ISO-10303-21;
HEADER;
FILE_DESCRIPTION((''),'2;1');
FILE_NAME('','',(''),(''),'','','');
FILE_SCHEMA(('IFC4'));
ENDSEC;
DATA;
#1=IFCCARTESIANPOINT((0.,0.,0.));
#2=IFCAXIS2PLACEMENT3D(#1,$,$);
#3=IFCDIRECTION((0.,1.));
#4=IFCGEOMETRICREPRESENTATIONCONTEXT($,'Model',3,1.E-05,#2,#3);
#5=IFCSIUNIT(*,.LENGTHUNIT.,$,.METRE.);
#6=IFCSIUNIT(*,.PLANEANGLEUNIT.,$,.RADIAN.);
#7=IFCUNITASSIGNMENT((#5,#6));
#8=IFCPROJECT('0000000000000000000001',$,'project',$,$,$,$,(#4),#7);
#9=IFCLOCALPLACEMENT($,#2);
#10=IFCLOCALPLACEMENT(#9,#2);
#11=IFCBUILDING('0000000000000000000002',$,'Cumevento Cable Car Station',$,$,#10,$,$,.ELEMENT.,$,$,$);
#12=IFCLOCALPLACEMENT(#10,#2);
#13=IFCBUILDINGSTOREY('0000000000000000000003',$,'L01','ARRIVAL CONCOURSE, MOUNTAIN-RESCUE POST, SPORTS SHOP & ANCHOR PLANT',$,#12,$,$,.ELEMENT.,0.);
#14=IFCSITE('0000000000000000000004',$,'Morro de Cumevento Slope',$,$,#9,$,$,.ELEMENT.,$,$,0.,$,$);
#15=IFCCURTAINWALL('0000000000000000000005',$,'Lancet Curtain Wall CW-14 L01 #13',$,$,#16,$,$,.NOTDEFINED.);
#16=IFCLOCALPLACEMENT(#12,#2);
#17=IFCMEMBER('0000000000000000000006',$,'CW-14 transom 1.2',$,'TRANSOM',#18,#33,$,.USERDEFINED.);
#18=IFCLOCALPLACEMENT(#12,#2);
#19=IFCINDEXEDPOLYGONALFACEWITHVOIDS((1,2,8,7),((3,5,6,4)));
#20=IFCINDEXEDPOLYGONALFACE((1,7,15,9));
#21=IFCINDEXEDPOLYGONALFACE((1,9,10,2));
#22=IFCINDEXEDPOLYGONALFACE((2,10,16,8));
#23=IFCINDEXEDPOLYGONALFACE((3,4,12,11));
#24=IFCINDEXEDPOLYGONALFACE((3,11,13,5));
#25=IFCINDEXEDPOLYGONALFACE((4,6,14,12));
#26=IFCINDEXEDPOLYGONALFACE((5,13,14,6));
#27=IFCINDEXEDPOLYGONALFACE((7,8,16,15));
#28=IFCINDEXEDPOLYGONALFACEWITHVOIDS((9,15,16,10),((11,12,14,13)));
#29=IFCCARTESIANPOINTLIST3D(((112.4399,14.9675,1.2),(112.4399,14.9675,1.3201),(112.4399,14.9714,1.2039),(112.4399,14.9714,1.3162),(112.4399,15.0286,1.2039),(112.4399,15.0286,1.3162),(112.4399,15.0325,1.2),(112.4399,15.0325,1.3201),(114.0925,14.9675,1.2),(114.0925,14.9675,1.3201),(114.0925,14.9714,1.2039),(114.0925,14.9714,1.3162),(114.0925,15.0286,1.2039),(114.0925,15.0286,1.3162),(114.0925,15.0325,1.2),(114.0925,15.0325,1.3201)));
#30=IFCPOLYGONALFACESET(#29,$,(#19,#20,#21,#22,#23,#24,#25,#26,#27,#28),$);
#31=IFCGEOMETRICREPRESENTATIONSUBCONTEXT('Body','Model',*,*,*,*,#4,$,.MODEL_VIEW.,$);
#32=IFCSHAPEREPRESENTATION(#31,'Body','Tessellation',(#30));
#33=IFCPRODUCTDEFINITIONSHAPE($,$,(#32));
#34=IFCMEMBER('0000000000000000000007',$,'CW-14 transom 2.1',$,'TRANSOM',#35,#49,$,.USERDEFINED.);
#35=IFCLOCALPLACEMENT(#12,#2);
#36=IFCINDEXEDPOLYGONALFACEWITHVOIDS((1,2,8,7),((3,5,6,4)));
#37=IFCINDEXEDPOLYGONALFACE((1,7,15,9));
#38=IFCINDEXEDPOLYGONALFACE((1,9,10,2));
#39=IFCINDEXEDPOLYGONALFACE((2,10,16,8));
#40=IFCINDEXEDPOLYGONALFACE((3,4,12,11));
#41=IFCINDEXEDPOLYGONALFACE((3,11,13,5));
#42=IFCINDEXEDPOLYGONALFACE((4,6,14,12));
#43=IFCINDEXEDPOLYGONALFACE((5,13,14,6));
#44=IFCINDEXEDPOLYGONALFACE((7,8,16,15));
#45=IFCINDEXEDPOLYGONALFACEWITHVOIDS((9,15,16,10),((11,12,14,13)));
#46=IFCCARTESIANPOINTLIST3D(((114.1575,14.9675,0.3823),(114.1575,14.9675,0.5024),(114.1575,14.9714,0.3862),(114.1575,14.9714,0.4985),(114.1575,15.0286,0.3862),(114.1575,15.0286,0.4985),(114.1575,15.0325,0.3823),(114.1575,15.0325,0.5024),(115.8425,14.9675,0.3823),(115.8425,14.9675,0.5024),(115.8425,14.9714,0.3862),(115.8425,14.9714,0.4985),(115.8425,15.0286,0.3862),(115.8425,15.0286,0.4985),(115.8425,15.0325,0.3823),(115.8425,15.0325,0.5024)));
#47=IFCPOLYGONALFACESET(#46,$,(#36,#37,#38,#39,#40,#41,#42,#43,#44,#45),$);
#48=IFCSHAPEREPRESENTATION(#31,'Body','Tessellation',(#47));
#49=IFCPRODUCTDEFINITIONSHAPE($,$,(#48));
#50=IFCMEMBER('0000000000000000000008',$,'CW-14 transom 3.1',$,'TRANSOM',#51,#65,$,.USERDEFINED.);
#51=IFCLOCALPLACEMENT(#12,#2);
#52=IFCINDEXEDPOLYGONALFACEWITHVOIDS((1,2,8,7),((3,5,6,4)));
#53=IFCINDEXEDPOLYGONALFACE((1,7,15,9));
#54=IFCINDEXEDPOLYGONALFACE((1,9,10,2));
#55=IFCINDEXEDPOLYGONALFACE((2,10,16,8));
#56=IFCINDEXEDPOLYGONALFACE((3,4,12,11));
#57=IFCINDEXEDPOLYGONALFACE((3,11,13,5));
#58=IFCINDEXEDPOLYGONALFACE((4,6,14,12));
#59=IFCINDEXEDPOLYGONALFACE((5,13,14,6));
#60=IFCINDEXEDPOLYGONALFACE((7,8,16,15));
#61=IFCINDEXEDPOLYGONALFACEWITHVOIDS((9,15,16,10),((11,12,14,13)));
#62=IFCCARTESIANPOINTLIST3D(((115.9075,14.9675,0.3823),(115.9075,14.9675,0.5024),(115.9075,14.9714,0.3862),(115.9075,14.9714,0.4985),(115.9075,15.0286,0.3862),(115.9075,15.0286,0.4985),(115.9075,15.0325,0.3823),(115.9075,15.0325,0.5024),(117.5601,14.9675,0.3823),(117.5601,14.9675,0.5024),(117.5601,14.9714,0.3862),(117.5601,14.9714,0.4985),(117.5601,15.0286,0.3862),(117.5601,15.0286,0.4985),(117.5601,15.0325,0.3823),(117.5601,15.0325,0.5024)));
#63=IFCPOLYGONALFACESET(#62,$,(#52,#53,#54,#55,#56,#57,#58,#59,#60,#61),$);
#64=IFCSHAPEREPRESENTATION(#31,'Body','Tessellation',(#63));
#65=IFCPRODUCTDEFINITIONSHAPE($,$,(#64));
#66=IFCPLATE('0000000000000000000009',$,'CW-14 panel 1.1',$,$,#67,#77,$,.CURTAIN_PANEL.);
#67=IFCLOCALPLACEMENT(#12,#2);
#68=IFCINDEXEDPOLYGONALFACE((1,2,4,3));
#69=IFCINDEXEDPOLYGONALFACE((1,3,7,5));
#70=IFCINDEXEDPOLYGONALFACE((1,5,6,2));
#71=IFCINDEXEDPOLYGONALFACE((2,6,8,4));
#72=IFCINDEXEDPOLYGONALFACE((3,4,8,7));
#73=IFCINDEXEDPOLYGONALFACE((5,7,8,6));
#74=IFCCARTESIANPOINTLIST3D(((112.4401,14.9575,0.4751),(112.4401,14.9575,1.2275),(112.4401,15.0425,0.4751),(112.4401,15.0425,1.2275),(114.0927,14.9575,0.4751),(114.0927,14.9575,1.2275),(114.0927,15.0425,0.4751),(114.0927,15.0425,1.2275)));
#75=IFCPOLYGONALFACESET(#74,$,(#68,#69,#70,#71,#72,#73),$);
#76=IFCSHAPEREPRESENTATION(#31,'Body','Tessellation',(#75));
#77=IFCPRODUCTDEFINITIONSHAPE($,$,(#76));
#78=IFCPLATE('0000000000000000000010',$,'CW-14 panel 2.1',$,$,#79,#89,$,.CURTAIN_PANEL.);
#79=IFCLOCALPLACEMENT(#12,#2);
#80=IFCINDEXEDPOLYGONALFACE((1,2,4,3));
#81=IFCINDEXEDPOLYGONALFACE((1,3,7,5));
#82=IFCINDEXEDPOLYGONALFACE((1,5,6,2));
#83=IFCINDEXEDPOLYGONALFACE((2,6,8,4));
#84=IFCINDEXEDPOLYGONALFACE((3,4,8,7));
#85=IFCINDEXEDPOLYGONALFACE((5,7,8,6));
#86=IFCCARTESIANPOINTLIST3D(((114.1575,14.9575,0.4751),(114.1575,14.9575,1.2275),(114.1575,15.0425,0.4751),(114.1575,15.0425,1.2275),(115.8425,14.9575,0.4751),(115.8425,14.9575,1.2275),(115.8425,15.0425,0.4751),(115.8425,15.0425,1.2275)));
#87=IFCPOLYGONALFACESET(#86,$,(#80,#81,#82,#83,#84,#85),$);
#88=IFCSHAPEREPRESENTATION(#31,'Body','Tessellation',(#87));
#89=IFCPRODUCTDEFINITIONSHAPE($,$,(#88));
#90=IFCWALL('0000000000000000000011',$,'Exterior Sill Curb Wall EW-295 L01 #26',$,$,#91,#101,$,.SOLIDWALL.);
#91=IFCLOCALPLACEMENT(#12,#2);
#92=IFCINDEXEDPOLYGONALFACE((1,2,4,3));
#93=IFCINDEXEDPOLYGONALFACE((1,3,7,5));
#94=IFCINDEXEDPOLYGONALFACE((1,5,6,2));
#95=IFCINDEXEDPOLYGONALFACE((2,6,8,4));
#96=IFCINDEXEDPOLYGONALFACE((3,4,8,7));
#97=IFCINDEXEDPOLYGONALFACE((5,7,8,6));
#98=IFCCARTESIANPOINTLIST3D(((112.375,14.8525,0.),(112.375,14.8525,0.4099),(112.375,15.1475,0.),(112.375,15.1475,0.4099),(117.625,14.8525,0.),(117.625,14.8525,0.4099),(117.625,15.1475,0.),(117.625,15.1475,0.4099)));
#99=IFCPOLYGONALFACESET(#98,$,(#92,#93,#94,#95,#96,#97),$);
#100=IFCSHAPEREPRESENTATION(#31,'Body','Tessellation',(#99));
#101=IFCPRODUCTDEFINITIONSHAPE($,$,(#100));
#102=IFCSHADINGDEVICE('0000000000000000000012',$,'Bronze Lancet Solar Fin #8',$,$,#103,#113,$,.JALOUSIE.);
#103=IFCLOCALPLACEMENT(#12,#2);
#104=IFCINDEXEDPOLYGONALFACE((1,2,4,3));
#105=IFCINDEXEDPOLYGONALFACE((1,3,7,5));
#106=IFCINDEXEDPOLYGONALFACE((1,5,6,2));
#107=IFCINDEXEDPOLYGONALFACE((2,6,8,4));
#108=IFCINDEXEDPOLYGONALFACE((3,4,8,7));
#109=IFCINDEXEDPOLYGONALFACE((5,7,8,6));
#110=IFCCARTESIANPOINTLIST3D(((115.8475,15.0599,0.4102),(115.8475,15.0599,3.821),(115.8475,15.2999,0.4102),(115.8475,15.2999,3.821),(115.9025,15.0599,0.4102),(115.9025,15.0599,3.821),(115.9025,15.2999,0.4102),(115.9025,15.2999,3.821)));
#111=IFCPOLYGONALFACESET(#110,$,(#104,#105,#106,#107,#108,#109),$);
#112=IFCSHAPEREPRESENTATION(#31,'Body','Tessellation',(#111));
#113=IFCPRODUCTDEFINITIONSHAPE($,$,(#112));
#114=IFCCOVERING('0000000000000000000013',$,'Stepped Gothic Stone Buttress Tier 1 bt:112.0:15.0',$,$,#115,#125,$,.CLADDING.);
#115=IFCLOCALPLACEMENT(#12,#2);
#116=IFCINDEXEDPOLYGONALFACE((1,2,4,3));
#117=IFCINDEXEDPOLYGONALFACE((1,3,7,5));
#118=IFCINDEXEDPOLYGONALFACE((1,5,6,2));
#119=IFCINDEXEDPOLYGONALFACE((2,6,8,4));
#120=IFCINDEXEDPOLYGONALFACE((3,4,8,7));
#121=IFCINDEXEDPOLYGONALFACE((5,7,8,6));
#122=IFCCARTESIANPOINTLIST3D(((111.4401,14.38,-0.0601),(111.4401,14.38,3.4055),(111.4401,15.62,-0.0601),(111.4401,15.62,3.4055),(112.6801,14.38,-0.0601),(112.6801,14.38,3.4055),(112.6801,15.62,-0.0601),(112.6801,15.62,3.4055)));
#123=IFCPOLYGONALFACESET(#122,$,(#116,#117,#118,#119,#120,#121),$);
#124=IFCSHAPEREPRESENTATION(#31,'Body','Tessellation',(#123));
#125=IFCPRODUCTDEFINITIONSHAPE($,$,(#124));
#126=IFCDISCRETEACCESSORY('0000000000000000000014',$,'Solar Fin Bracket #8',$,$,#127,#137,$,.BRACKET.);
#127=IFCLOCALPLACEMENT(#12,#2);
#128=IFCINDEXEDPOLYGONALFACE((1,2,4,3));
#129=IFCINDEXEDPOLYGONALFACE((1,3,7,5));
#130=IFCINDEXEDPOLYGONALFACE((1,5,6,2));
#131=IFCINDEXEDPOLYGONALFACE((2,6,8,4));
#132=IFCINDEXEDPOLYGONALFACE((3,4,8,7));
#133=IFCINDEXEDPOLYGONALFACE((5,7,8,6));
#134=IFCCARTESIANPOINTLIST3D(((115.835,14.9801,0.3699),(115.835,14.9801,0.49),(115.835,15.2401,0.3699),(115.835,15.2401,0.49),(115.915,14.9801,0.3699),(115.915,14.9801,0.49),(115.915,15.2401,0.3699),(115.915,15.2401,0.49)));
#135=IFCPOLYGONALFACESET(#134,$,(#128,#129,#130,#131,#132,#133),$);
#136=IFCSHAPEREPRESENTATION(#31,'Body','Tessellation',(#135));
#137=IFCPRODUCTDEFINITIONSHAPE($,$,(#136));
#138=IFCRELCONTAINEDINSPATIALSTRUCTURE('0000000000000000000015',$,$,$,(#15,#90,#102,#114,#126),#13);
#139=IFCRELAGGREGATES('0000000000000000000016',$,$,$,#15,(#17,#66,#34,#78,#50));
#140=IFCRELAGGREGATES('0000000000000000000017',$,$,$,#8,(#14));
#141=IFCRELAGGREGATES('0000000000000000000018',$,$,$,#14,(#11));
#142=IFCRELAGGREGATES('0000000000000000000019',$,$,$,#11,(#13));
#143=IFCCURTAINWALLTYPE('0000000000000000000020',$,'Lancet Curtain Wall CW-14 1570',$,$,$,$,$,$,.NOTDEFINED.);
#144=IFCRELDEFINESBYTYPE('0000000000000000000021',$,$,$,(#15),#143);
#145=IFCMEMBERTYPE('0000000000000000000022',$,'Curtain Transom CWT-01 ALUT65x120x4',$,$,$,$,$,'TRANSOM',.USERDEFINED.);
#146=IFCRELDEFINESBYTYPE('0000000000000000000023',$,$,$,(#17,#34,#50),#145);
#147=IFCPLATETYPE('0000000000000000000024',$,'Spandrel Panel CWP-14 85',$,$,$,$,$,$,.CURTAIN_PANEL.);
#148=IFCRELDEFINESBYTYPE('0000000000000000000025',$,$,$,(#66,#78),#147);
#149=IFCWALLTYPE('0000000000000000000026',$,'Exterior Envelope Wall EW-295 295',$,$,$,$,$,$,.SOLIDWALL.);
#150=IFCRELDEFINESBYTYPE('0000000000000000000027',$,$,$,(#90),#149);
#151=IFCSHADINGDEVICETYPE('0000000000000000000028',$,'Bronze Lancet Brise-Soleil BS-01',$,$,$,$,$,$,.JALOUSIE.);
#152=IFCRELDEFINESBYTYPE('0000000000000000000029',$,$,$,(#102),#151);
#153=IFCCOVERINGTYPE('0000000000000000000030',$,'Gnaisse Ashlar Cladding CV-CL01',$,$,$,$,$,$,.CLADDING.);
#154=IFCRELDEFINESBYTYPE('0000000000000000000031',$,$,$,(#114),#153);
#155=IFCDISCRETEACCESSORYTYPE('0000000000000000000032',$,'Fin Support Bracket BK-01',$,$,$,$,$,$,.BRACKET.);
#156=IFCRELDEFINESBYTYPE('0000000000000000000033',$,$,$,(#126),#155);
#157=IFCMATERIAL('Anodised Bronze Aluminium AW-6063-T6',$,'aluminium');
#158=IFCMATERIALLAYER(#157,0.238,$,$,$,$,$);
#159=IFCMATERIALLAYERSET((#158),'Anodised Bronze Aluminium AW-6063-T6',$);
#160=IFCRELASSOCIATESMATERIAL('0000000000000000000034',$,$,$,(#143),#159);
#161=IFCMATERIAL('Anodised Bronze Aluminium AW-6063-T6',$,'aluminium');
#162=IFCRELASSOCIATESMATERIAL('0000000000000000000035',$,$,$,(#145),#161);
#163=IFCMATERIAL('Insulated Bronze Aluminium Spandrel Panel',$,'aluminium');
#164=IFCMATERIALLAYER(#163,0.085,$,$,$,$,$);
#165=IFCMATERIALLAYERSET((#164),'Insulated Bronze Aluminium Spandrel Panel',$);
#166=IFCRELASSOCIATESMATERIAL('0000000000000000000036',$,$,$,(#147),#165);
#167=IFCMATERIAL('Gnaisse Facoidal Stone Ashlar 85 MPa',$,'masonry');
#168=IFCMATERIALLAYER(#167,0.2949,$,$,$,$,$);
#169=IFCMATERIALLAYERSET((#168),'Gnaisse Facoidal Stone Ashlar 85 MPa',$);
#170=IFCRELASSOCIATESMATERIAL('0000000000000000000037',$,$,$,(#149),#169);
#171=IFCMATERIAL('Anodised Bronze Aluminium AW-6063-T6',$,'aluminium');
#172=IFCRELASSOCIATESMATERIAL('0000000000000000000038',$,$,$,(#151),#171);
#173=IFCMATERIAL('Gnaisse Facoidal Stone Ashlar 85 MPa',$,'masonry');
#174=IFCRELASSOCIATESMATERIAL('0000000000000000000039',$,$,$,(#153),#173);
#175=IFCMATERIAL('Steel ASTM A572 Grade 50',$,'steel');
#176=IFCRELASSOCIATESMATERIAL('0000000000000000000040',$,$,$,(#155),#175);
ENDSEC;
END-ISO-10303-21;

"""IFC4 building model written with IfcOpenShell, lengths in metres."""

from ifc_helpers import new_model, si_unit, direction, frame, frame_2d, origin, origin_2d, place, context, subcontext, project, spatial, rectangle, hollow_rectangle, extrude, material, layer, layer_set, material_profile, profile_set, type_object, element, aggregate, save


model = new_model("IFC4")

# Units and contexts
model_context = context("Model", 3, precision=1e-05, world=origin(), true_north=direction((0.0, 1.0)))
body_context = subcontext(model_context, "Body", "Model", "MODEL_VIEW")
ifc_project = project(units=[si_unit("LENGTHUNIT", "METRE"), si_unit("PLANEANGLEUNIT", "RADIAN")], contexts=[model_context])

# Site, building, storey
site_placement = place(None, origin())
site = spatial("IfcSite", under=ifc_project, at=site_placement, Name="Morro de Cumevento Slope", CompositionType="ELEMENT", RefElevation=0.0)
building_placement = place(site_placement, origin())
building = spatial("IfcBuilding", under=site, at=building_placement, Name="Cumevento Cable Car Station", CompositionType="ELEMENT")
storey_placement = place(building_placement, origin())
storey = spatial("IfcBuildingStorey", under=building, at=storey_placement, Name="L01", Description="ARRIVAL CONCOURSE, MOUNTAIN-RESCUE POST, SPORTS SHOP & ANCHOR PLANT", CompositionType="ELEMENT", Elevation=0.0)

# Curtain wall, members, plates
ifc_material_1 = material(Name="Anodised Bronze Aluminium AW-6063-T6", Category="aluminium")
ifc_layer_1 = layer(ifc_material_1, 0.238)
ifc_layer_set_1 = layer_set([ifc_layer_1], Name="Anodised Bronze Aluminium AW-6063-T6")
curtain_wall_type_1 = type_object("IfcCurtainWallType", Name="Lancet Curtain Wall CW-14 1570", PredefinedType="NOTDEFINED", material=ifc_layer_set_1)
curtain_wall_1_placement = place(storey_placement, origin())
curtain_wall_1 = element("IfcCurtainWall", 1, at=curtain_wall_1_placement, inside=storey, type_object=curtain_wall_type_1, Name="Lancet Curtain Wall CW-14 L01 #13", PredefinedType="NOTDEFINED")
ifc_material_2 = material(Name="Anodised Bronze Aluminium AW-6063-T6", Category="aluminium")
ifc_material_profile_1 = material_profile(ifc_material_2, hollow_rectangle(XDim=0.0649, YDim=0.1201, WallThickness=0.0039, at=origin_2d()), Name="ALUT65x120x4")
ifc_profile_set_1 = profile_set([ifc_material_profile_1], Name="Anodised Bronze Aluminium AW-6063-T6")
member_type_1 = type_object("IfcMemberType", Name="Curtain Transom CWT-01 ALUT65x120x4", ElementType="TRANSOM", PredefinedType="USERDEFINED", material=ifc_profile_set_1)
member_1_placement = place(storey_placement, frame((112.4399, 15.0, 1.26), z_axis=(1.0, 0.0, 0.0), x_axis=(0.0, 1.0, 0.0)))
member_1 = element("IfcMember", 2, at=member_1_placement, type_object=member_type_1, Name="CW-14 transom 1.2", ObjectType="TRANSOM", PredefinedType="USERDEFINED", context=body_context, shape_type="SweptSolid", body=[
    extrude(hollow_rectangle(XDim=0.0649, YDim=0.1201, WallThickness=0.0039, at=origin_2d()), origin(), (0.0, 0.0, 1.0), 1.6526),
])
member_2_placement = place(storey_placement, frame((114.1575, 15.0, 0.4424), z_axis=(1.0, 0.0, 0.0), x_axis=(0.0, 1.0, 0.0)))
member_2 = element("IfcMember", 3, at=member_2_placement, type_object=member_type_1, Name="CW-14 transom 2.1", ObjectType="TRANSOM", PredefinedType="USERDEFINED", context=body_context, shape_type="SweptSolid", body=[
    extrude(hollow_rectangle(XDim=0.0649, YDim=0.1201, WallThickness=0.0039, at=origin_2d()), origin(), (0.0, 0.0, 1.0), 1.6851),
])
member_3_placement = place(storey_placement, frame((115.9075, 15.0, 0.4424), z_axis=(1.0, 0.0, 0.0), x_axis=(0.0, 1.0, 0.0)))
member_3 = element("IfcMember", 4, at=member_3_placement, type_object=member_type_1, Name="CW-14 transom 3.1", ObjectType="TRANSOM", PredefinedType="USERDEFINED", context=body_context, shape_type="SweptSolid", body=[
    extrude(hollow_rectangle(XDim=0.0649, YDim=0.1201, WallThickness=0.0039, at=origin_2d()), origin(), (0.0, 0.0, 1.0), 1.6526),
])
ifc_material_3 = material(Name="Insulated Bronze Aluminium Spandrel Panel", Category="aluminium")
ifc_layer_2 = layer(ifc_material_3, 0.085)
ifc_layer_set_2 = layer_set([ifc_layer_2], Name="Insulated Bronze Aluminium Spandrel Panel")
plate_type = type_object("IfcPlateType", Name="Spandrel Panel CWP-14 85", PredefinedType="CURTAIN_PANEL", material=ifc_layer_set_2)
plate_1_placement = place(storey_placement, frame((113.2664, 15.0, 0.4751), z_axis=(0.0, 0.0, 1.0), x_axis=(1.0, 0.0, 0.0)))
plate_1 = element("IfcPlate", 5, at=plate_1_placement, type_object=plate_type, Name="CW-14 panel 1.1", PredefinedType="CURTAIN_PANEL", context=body_context, shape_type="SweptSolid", body=[
    extrude(rectangle(XDim=1.6526, YDim=0.085, at=origin_2d()), origin(), (0.0, 0.0, 1.0), 0.7524),
])
plate_2_placement = place(storey_placement, frame((115.0, 15.0, 0.4751), z_axis=(0.0, 0.0, 1.0), x_axis=(1.0, 0.0, 0.0)))
plate_2 = element("IfcPlate", 6, at=plate_2_placement, type_object=plate_type, Name="CW-14 panel 2.1", PredefinedType="CURTAIN_PANEL", context=body_context, shape_type="SweptSolid", body=[
    extrude(rectangle(XDim=1.6851, YDim=0.085, at=origin_2d()), origin(), (0.0, 0.0, 1.0), 0.7524),
])
aggregate(curtain_wall_1, [member_1, plate_1, member_2, plate_2, member_3])

# Wall
ifc_material_4 = material(Name="Gnaisse Facoidal Stone Ashlar 85 MPa", Category="masonry")
ifc_layer_3 = layer(ifc_material_4, 0.2949)
ifc_layer_set_3 = layer_set([ifc_layer_3], Name="Gnaisse Facoidal Stone Ashlar 85 MPa")
wall_type = type_object("IfcWallType", Name="Exterior Envelope Wall EW-295 295", PredefinedType="SOLIDWALL", material=ifc_layer_set_3)
wall_placement = place(storey_placement, frame((112.375, 15.0, 0.0), z_axis=(0.0, 0.0, 1.0), x_axis=(1.0, 0.0, 0.0)))
element("IfcWall", 7, at=wall_placement, inside=storey, type_object=wall_type, Name="Exterior Sill Curb Wall EW-295 L01 #26", PredefinedType="SOLIDWALL", context=body_context, shape_type="SweptSolid", body=[
    extrude(rectangle(XDim=5.25, YDim=0.2949, at=frame_2d((2.625, 0.0))), origin(), (0.0, 0.0, 1.0), 0.4099),
])

# Shading device
ifc_material_5 = material(Name="Anodised Bronze Aluminium AW-6063-T6", Category="aluminium")
shading_device_type = type_object("IfcShadingDeviceType", Name="Bronze Lancet Brise-Soleil BS-01", PredefinedType="JALOUSIE", material=ifc_material_5)
shading_device_placement = place(storey_placement, frame((115.875, 15.1799, 0.4102), z_axis=(0.0, 0.0, 1.0), x_axis=(1.0, 0.0, 0.0)))
element("IfcShadingDevice", 8, at=shading_device_placement, inside=storey, type_object=shading_device_type, Name="Bronze Lancet Solar Fin #8", PredefinedType="JALOUSIE", context=body_context, shape_type="SweptSolid", body=[
    extrude(rectangle(XDim=0.0549, YDim=0.24, at=origin_2d()), origin(), (0.0, 0.0, 1.0), 3.4109),
])

# Covering
ifc_material_6 = material(Name="Gnaisse Facoidal Stone Ashlar 85 MPa", Category="masonry")
covering_type = type_object("IfcCoveringType", Name="Gnaisse Ashlar Cladding CV-CL01", PredefinedType="CLADDING", material=ifc_material_6)
covering_1_placement = place(storey_placement, frame((112.0601, 15.0, -0.0601), z_axis=(0.0, 0.0, 1.0), x_axis=(0.0, 1.0, 0.0)))
element("IfcCovering", 9, at=covering_1_placement, inside=storey, type_object=covering_type, Name="Stepped Gothic Stone Buttress Tier 1 bt:112.0:15.0", PredefinedType="CLADDING", context=body_context, shape_type="SweptSolid", body=[
    extrude(rectangle(XDim=1.24, YDim=1.24, at=origin_2d()), origin(), (0.0, 0.0, 1.0), 3.4656),
])

# Discrete accessory
ifc_material_7 = material(Name="Steel ASTM A572 Grade 50", Category="steel")
discrete_accessory_type = type_object("IfcDiscreteAccessoryType", Name="Fin Support Bracket BK-01", PredefinedType="BRACKET", material=ifc_material_7)
discrete_accessory_placement = place(storey_placement, frame((115.875, 15.1101, 0.3699), z_axis=(0.0, 0.0, 1.0), x_axis=(1.0, 0.0, 0.0)))
element("IfcDiscreteAccessory", 10, at=discrete_accessory_placement, inside=storey, type_object=discrete_accessory_type, Name="Solar Fin Bracket #8", PredefinedType="BRACKET", context=body_context, shape_type="SweptSolid", body=[
    extrude(rectangle(XDim=0.0801, YDim=0.26, at=origin_2d()), origin(), (0.0, 0.0, 1.0), 0.1201),
])

save(model, "model.ifc")
